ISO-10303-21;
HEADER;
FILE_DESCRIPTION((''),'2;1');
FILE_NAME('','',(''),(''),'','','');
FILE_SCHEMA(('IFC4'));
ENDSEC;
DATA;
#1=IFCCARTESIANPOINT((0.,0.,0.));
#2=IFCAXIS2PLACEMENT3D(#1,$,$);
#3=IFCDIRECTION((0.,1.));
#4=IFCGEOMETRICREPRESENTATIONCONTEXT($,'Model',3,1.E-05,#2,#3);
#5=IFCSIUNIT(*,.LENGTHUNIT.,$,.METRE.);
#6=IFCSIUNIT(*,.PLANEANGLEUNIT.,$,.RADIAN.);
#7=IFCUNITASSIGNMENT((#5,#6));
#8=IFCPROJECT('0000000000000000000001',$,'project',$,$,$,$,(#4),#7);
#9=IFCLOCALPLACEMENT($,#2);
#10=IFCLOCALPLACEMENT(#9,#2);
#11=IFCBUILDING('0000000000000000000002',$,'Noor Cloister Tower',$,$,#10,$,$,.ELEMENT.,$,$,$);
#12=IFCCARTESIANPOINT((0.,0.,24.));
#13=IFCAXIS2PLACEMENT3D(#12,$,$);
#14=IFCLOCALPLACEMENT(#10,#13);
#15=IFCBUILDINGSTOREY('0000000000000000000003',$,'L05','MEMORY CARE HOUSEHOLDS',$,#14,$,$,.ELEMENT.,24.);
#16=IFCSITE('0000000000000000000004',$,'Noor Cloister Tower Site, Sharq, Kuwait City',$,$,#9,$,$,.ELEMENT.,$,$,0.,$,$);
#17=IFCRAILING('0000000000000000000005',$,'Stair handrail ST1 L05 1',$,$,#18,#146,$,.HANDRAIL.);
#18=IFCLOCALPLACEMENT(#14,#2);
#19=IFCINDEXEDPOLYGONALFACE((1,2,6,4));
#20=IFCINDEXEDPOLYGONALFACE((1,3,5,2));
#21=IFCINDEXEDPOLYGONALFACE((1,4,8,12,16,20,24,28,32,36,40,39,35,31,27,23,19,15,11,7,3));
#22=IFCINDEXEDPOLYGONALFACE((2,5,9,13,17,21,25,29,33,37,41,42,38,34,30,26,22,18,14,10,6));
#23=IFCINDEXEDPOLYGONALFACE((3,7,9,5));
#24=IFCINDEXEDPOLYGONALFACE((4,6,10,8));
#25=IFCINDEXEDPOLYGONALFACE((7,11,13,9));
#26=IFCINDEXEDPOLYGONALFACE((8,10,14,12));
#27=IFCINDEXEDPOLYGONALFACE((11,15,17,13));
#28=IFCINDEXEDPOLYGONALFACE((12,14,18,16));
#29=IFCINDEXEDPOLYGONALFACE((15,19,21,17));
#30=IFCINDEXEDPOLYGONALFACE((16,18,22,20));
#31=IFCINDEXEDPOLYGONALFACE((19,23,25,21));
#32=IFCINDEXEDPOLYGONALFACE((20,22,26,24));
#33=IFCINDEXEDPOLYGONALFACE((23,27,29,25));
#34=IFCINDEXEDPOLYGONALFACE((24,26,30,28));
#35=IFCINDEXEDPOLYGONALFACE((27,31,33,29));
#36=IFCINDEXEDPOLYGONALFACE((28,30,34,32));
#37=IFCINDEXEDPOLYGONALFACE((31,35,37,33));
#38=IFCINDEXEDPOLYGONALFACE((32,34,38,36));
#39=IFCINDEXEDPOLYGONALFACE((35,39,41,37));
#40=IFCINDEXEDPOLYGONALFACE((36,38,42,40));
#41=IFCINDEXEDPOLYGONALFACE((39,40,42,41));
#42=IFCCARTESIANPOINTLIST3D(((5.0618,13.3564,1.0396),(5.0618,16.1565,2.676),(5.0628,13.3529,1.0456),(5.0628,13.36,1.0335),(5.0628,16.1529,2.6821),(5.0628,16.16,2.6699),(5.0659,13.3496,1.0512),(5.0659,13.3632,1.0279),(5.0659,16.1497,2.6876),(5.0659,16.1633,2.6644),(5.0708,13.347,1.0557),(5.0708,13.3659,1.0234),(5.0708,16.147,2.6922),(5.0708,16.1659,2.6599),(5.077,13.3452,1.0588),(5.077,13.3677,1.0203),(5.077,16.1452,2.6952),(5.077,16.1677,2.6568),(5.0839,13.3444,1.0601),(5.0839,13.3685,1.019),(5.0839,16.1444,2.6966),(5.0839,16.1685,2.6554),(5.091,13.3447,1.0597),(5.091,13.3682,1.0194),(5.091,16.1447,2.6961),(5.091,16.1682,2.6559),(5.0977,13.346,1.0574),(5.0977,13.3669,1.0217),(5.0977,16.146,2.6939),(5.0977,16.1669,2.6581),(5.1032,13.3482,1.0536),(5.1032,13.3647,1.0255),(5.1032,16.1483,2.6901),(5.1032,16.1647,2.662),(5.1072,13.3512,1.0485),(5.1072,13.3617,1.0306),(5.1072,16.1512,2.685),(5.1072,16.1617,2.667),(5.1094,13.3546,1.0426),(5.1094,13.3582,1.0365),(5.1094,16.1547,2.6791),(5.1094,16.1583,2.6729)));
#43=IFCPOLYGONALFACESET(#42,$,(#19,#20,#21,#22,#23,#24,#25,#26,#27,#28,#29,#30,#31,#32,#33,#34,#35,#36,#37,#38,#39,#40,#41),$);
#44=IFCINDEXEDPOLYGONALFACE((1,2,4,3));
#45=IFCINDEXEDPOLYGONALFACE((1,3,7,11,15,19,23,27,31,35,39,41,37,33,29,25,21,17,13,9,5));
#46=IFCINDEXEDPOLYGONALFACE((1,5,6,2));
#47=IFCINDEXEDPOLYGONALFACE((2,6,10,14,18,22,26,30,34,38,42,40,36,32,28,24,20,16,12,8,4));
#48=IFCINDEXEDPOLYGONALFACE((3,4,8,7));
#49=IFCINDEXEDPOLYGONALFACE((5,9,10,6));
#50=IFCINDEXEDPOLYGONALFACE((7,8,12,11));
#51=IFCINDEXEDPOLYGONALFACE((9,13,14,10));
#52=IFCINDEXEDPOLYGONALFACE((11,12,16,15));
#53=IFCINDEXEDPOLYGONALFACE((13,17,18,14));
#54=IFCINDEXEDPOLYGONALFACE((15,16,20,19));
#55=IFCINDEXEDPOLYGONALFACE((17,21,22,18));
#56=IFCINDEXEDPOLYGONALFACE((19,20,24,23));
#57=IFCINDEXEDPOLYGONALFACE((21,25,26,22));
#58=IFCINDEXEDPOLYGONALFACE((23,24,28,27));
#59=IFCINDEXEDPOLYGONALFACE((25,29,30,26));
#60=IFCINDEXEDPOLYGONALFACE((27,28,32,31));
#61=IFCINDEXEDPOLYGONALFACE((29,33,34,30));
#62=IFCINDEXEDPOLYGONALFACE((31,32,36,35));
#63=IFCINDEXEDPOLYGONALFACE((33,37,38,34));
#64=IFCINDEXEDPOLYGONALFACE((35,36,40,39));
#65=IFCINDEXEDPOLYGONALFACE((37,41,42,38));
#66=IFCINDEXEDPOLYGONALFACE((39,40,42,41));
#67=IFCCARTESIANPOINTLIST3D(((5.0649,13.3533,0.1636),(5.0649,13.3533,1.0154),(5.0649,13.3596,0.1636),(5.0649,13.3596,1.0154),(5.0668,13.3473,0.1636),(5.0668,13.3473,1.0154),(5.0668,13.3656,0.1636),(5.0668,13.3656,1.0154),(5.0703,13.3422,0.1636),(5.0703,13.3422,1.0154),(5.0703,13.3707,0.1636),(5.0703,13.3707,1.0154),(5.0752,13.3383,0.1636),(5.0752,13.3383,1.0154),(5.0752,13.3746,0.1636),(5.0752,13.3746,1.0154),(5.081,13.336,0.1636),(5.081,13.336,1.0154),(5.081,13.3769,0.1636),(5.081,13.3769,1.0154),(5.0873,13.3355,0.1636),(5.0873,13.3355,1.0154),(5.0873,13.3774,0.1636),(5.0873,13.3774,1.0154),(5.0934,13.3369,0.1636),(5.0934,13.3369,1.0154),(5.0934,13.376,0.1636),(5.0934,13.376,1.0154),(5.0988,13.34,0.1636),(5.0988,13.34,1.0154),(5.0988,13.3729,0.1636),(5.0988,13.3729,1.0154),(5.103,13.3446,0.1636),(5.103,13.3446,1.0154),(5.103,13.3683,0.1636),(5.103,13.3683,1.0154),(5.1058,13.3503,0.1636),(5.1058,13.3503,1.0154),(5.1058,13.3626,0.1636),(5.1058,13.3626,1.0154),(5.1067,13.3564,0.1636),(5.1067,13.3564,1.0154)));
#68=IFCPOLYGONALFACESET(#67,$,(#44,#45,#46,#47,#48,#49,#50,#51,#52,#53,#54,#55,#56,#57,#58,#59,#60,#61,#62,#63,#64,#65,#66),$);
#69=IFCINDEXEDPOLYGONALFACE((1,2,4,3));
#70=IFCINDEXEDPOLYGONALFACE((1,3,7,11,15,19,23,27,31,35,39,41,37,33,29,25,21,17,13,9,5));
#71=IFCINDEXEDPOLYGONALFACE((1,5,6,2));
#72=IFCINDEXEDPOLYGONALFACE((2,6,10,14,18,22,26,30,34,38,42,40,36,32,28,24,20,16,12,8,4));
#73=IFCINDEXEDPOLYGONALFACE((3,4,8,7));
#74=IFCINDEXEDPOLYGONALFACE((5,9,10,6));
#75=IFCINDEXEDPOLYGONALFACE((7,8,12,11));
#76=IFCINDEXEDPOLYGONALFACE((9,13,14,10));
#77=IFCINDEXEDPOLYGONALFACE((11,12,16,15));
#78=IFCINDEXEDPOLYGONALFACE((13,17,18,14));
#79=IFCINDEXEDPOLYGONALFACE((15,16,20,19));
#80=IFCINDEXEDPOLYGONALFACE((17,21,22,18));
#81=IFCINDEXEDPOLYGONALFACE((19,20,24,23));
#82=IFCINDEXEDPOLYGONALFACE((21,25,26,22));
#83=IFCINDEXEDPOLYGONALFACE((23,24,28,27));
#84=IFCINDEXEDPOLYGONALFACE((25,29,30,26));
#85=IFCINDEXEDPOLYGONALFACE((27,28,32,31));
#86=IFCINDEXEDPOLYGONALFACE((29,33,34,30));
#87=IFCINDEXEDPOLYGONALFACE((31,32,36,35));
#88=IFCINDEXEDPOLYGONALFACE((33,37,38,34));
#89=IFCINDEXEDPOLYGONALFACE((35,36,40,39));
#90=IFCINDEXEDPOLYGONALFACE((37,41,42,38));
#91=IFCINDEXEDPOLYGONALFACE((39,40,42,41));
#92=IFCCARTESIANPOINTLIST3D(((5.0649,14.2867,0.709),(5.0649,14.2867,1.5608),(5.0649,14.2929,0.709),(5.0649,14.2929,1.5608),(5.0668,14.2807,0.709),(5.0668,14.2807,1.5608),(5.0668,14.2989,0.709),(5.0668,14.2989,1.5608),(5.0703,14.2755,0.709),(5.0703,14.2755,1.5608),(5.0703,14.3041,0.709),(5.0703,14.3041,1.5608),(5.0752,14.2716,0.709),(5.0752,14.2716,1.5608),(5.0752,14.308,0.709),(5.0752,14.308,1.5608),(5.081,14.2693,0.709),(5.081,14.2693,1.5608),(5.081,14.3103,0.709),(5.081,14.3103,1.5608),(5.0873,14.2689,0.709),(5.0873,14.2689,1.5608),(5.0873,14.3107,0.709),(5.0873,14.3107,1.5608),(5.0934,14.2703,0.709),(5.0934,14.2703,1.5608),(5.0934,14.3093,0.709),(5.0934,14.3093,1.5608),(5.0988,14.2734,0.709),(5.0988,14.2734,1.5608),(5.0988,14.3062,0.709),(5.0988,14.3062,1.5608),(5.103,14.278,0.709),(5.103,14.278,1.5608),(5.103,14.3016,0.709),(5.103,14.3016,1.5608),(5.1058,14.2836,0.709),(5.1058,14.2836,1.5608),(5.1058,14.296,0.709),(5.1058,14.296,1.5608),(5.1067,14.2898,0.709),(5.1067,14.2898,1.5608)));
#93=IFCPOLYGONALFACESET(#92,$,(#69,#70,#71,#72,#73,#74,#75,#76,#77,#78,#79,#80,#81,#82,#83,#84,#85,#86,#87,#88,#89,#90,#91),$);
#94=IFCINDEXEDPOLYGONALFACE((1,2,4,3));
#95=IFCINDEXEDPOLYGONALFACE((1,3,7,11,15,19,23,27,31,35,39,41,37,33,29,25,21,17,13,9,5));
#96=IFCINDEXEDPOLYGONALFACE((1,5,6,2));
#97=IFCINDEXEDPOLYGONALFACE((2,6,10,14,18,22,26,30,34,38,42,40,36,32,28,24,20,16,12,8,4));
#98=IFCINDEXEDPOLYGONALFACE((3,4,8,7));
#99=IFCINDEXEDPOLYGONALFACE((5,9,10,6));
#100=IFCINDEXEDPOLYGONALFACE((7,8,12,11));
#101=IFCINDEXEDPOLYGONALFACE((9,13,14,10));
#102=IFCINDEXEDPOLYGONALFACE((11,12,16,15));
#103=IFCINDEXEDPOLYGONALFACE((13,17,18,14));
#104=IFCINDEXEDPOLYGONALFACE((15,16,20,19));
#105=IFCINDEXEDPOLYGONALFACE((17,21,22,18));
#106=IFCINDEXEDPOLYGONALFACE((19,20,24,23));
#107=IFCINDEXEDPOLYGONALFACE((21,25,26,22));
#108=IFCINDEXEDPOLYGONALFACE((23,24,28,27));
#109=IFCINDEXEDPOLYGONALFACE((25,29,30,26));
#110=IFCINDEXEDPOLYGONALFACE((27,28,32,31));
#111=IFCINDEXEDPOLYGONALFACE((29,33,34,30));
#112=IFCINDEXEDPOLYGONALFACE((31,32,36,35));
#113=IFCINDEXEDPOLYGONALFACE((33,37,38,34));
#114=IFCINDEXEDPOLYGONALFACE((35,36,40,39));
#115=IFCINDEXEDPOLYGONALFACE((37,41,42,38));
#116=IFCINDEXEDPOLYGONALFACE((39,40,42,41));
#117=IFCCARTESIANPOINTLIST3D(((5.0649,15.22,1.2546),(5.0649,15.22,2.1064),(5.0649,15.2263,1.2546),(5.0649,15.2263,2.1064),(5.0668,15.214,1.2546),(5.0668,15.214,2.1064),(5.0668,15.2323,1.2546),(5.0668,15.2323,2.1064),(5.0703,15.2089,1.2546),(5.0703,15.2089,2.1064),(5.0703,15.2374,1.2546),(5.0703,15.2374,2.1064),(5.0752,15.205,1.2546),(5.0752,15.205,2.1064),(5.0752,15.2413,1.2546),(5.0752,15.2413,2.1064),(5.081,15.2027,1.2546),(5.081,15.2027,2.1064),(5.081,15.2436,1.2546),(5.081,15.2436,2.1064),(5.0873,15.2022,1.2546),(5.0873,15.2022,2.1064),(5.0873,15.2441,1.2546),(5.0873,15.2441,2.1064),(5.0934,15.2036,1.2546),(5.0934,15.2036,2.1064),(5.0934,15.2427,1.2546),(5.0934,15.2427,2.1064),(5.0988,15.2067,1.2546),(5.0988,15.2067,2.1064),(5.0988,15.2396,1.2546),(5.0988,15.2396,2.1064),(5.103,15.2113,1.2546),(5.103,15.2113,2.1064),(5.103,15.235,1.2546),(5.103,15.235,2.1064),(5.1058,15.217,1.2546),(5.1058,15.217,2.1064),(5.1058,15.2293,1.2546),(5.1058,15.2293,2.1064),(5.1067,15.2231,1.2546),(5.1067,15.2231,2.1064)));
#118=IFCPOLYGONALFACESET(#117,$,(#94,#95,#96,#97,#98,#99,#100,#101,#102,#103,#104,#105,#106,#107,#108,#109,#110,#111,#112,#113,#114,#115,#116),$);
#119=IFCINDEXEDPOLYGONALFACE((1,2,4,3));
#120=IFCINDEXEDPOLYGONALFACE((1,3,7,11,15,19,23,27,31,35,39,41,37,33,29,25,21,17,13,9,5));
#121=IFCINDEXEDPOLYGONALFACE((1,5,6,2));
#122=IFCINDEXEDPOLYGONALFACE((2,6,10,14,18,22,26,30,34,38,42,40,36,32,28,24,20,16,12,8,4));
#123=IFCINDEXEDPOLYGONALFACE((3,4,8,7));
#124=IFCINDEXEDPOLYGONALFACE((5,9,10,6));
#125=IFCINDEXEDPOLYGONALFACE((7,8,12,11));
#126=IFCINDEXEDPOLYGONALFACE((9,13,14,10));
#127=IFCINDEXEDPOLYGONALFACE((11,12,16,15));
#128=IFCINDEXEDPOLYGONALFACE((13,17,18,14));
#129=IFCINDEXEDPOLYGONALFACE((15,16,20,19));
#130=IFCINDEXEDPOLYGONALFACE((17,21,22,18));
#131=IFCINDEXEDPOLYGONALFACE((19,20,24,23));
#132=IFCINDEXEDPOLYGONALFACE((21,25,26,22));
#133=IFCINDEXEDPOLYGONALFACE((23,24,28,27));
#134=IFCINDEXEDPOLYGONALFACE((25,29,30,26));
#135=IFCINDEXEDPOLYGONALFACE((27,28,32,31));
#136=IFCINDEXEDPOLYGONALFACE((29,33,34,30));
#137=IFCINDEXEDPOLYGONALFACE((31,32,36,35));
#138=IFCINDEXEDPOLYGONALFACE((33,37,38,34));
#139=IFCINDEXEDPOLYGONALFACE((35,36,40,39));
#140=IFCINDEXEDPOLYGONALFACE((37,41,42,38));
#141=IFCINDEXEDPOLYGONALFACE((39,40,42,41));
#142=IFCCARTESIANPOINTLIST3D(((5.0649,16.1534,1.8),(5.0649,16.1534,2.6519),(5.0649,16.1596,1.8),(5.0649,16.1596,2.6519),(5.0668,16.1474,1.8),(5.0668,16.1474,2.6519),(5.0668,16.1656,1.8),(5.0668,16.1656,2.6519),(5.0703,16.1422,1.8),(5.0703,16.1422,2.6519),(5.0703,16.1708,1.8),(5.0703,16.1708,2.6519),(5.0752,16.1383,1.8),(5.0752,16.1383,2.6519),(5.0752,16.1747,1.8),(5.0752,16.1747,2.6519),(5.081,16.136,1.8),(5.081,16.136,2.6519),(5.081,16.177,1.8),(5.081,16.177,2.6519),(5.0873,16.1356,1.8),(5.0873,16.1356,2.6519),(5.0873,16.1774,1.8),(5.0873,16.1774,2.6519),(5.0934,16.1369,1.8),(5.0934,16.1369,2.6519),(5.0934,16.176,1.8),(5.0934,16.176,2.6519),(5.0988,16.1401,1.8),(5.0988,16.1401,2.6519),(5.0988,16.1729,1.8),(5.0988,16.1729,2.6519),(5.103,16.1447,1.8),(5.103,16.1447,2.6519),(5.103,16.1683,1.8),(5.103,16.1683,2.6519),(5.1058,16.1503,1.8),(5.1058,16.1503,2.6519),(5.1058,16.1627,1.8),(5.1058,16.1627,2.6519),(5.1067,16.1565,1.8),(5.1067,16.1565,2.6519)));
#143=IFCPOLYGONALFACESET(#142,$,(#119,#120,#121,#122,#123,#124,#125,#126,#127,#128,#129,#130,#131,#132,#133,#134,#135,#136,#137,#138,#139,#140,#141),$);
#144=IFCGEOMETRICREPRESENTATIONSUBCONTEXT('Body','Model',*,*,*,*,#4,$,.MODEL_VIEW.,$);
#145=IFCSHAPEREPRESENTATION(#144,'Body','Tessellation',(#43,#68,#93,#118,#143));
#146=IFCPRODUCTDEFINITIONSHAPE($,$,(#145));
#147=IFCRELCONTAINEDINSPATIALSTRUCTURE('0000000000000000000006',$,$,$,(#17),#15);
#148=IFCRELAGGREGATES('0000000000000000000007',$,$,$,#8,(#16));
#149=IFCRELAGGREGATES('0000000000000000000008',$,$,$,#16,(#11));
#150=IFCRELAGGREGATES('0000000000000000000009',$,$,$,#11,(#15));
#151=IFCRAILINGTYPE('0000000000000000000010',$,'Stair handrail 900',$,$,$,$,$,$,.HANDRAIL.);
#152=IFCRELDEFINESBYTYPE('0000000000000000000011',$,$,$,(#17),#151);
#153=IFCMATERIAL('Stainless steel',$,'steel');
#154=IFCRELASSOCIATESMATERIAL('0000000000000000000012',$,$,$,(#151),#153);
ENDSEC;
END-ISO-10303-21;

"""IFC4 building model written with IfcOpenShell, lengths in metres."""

from ifc_helpers import new_model, si_unit, direction, frame, origin, origin_2d, place, context, subcontext, project, spatial, circle, extrude, material, type_object, element, save


model = new_model("IFC4")

# Units and contexts
model_context = context("Model", 3, precision=1e-05, world=origin(), true_north=direction((0.0, 1.0)))
body_context = subcontext(model_context, "Body", "Model", "MODEL_VIEW")
ifc_project = project(units=[si_unit("LENGTHUNIT", "METRE"), si_unit("PLANEANGLEUNIT", "RADIAN")], contexts=[model_context])

# Site, building, storey
site_placement = place(None, origin())
site = spatial("IfcSite", under=ifc_project, at=site_placement, Name="Noor Cloister Tower Site, Sharq, Kuwait City", CompositionType="ELEMENT", RefElevation=0.0)
building_placement = place(site_placement, origin())
building = spatial("IfcBuilding", under=site, at=building_placement, Name="Noor Cloister Tower", CompositionType="ELEMENT")
storey_placement = place(building_placement, frame((0.0, 0.0, 24.0)))
storey = spatial("IfcBuildingStorey", under=building, at=storey_placement, Name="L05", Description="MEMORY CARE HOUSEHOLDS", CompositionType="ELEMENT", Elevation=24.0)

# Railing
ifc_material_1 = material(Name="Stainless steel", Category="steel")
railing_type_1 = type_object("IfcRailingType", Name="Stair handrail 900", PredefinedType="HANDRAIL", material=ifc_material_1)
railing_1_placement = place(storey_placement, frame((5.0857, 13.3564, 0.1636)))
element("IfcRailing", 1, at=railing_1_placement, inside=storey, type_object=railing_type_1, Name="Stair handrail ST1 L05 1", PredefinedType="HANDRAIL", context=body_context, shape_type="SweptSolid", body=[
    extrude(circle(Radius=0.0239, at=origin_2d()), frame((0.0, 0.0, 0.876), z_axis=(0.0, 0.863361, 0.504587), x_axis=(-1.0, 0.0, 0.0)), (0.0, 0.0, 1.0), 3.2432),
    extrude(circle(Radius=0.021, at=origin_2d()), origin(), (0.0, 0.0, 1.0), 0.8518),
    extrude(circle(Radius=0.021, at=origin_2d()), frame((0.0, 0.9333, 0.5454)), (0.0, 0.0, 1.0), 0.8518),
    extrude(circle(Radius=0.021, at=origin_2d()), frame((0.0, 1.8667, 1.0911)), (0.0, 0.0, 1.0), 0.8518),
    extrude(circle(Radius=0.021, at=origin_2d()), frame((0.0, 2.8, 1.6365)), (0.0, 0.0, 1.0), 0.8518),
])

save(model, "model.ifc")
